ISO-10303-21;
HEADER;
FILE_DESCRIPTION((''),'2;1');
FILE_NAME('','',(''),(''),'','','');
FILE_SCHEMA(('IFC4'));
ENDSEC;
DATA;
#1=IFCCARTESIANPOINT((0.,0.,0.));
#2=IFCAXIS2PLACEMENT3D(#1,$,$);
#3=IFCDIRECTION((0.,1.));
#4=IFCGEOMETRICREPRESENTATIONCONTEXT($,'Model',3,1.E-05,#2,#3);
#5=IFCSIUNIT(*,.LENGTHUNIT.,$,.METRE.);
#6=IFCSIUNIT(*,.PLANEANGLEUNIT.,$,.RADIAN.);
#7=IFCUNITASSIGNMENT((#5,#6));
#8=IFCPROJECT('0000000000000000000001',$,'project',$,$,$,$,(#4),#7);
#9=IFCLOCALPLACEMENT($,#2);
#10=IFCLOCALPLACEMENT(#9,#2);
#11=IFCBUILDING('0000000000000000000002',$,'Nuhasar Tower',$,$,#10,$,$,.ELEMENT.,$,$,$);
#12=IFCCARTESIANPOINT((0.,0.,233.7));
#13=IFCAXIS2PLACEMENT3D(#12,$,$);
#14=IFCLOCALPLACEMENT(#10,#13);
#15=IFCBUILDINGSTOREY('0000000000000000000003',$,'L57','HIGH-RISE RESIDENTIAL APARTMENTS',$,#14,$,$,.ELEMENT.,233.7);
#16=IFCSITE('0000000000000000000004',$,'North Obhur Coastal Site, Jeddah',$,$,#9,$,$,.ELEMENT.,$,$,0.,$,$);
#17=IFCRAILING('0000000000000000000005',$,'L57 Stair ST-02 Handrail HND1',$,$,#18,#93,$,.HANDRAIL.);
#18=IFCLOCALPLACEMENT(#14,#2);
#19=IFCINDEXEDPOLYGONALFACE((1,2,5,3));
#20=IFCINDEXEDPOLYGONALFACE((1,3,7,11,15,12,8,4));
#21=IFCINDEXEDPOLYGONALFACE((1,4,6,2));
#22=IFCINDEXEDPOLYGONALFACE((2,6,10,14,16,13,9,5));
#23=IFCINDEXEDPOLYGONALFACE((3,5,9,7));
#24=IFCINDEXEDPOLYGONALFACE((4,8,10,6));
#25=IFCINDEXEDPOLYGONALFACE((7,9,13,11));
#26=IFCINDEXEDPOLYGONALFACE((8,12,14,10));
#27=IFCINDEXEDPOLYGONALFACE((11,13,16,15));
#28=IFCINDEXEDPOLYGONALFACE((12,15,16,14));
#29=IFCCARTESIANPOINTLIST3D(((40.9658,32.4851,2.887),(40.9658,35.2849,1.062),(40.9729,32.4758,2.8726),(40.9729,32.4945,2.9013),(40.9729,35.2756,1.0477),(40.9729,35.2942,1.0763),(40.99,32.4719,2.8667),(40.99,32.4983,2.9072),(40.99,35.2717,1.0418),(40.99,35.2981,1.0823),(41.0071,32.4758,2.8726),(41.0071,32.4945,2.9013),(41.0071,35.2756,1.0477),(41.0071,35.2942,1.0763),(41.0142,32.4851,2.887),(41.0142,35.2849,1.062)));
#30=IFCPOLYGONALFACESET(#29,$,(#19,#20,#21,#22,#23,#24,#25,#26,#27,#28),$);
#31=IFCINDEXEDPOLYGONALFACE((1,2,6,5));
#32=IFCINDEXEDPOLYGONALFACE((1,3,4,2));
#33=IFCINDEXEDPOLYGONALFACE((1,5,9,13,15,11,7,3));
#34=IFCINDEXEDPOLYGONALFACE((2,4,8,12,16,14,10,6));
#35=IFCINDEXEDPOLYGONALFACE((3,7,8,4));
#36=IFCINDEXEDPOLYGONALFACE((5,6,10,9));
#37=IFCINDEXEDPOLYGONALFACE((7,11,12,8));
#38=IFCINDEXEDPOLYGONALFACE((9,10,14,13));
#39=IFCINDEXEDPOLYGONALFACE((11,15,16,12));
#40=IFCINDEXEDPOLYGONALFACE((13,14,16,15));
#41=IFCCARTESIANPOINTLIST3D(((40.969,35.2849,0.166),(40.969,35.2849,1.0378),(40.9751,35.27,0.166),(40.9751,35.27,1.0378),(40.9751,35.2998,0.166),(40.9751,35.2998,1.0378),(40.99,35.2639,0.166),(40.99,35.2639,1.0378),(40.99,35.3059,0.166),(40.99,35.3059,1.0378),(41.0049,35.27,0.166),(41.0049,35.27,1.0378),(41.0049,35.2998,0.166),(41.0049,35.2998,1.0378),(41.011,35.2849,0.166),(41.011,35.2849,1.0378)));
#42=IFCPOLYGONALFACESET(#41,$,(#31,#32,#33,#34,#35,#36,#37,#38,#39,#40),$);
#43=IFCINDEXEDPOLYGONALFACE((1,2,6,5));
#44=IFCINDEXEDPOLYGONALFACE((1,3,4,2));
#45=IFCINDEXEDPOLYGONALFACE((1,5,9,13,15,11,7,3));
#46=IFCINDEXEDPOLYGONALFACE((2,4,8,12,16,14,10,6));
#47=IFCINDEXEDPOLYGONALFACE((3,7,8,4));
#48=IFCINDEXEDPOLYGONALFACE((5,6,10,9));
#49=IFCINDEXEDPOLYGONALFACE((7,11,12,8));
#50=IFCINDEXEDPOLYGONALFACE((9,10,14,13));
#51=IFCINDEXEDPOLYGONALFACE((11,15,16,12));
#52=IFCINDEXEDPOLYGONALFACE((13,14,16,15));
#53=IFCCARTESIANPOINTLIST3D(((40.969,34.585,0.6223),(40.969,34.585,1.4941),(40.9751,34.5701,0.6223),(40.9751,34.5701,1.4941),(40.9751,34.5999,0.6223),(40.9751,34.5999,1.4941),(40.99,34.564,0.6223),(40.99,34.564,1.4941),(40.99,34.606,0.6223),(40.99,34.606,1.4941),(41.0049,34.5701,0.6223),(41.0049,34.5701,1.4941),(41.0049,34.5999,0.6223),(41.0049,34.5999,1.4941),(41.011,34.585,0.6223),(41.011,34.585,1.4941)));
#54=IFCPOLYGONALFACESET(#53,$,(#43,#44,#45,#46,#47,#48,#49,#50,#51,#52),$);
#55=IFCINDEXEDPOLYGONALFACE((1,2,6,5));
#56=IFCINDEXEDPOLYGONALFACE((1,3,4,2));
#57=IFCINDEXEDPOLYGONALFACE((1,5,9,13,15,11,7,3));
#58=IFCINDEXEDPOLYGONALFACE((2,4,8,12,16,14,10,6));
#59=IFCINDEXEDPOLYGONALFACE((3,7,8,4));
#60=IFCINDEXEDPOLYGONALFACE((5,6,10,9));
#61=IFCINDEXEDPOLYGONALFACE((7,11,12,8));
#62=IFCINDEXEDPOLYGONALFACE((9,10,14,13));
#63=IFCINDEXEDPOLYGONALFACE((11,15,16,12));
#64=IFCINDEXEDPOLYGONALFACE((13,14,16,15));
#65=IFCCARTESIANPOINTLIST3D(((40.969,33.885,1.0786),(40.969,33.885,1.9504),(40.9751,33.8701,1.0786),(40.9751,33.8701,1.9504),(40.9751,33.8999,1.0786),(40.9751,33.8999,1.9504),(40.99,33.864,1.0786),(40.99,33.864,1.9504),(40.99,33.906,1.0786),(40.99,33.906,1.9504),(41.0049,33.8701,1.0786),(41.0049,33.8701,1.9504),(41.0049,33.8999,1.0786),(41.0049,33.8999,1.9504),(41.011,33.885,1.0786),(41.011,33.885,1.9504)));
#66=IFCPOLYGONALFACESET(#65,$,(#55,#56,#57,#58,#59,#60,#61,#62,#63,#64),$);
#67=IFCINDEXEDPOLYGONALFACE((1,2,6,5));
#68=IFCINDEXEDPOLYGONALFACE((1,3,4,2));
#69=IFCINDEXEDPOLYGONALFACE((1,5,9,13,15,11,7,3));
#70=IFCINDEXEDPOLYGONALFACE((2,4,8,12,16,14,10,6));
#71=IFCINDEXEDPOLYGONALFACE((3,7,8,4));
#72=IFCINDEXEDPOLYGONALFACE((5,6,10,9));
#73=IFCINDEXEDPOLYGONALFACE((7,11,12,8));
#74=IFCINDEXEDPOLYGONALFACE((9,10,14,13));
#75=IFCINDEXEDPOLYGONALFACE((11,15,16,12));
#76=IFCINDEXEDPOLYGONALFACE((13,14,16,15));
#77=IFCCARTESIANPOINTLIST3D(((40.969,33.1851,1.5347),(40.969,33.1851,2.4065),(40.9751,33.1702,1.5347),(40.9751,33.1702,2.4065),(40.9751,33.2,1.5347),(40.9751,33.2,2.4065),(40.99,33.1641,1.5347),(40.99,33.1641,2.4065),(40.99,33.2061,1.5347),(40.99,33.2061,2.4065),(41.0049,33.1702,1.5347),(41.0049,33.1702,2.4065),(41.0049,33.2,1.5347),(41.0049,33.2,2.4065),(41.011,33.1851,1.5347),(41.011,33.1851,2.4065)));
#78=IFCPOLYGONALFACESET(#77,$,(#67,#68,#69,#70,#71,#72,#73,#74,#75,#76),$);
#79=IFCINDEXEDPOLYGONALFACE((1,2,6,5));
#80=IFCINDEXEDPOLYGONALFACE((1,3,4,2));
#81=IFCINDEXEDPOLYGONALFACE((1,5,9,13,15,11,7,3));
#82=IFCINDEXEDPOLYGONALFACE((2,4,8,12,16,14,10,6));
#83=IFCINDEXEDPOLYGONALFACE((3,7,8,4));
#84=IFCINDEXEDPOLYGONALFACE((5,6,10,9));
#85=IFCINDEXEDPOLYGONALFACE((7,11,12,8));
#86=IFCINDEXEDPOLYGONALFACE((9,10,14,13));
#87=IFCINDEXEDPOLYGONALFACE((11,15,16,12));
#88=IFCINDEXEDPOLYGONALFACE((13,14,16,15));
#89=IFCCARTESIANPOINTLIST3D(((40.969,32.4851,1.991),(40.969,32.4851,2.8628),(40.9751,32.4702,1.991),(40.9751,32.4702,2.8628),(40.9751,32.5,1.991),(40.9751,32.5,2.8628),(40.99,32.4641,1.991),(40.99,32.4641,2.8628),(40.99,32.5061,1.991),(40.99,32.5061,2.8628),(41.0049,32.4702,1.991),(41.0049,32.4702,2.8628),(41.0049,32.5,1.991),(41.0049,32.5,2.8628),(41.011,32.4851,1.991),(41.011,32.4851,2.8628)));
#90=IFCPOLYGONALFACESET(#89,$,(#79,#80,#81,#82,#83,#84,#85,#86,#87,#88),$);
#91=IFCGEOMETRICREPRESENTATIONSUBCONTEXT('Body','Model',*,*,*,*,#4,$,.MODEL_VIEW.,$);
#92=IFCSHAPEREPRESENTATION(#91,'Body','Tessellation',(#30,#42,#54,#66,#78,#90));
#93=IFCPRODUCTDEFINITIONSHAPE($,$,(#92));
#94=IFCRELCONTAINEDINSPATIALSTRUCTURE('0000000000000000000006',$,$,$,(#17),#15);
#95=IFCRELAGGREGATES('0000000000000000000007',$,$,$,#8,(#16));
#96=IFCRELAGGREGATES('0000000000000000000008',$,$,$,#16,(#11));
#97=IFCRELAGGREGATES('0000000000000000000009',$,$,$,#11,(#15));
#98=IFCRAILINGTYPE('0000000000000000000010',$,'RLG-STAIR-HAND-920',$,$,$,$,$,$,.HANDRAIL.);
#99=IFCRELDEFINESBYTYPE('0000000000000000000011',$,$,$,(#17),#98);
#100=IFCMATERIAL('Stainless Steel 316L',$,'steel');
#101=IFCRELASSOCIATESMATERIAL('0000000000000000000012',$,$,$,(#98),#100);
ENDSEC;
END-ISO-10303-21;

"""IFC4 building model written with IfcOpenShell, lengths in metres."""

from ifc_helpers import new_model, si_unit, direction, frame, origin, place, context, subcontext, project, spatial, polyline, outline, extrude, material, type_object, element, save


model = new_model("IFC4")

# Units and contexts
model_context = context("Model", 3, precision=1e-05, world=origin(), true_north=direction((0.0, 1.0)))
body_context = subcontext(model_context, "Body", "Model", "MODEL_VIEW")
ifc_project = project(units=[si_unit("LENGTHUNIT", "METRE"), si_unit("PLANEANGLEUNIT", "RADIAN")], contexts=[model_context])

# Site, building, storey
site_placement = place(None, origin())
site = spatial("IfcSite", under=ifc_project, at=site_placement, Name="North Obhur Coastal Site, Jeddah", CompositionType="ELEMENT", RefElevation=0.0)
building_placement = place(site_placement, origin())
building = spatial("IfcBuilding", under=site, at=building_placement, Name="Nuhasar Tower", CompositionType="ELEMENT")
storey_placement = place(building_placement, frame((0.0, 0.0, 233.7)))
storey = spatial("IfcBuildingStorey", under=building, at=storey_placement, Name="L57", Description="HIGH-RISE RESIDENTIAL APARTMENTS", CompositionType="ELEMENT", Elevation=233.7)

# Railing
ifc_material_1 = material(Name="Stainless Steel 316L", Category="steel")
railing_type_1 = type_object("IfcRailingType", Name="RLG-STAIR-HAND-920", PredefinedType="HANDRAIL", material=ifc_material_1)
railing_1_placement = place(storey_placement, frame((40.99, 35.2849, 0.166)))
element("IfcRailing", 1, at=railing_1_placement, inside=storey, type_object=railing_type_1, Name="L57 Stair ST-02 Handrail HND1", PredefinedType="HANDRAIL", context=body_context, shape_type="SweptSolid", body=[
    extrude(outline(polyline([(0.0242, 0.0), (0.0171, 0.0171), (0.0, 0.0242), (-0.0171, 0.0171), (-0.0242, 0.0), (-0.0171, -0.0171), (0.0, -0.0242), (0.0171, -0.0171), (0.0242, 0.0)])), frame((0.0, 0.0, 0.896), z_axis=(0.0, -0.837749, 0.546056), x_axis=(1.0, 0.0, 0.0)), (0.0, 0.0, 1.0), 3.342),
    extrude(outline(polyline([(0.021, 0.0), (0.0149, 0.0149), (0.0, 0.021), (-0.0149, 0.0149), (-0.021, 0.0), (-0.0149, -0.0149), (0.0, -0.021), (0.0149, -0.0149), (0.021, 0.0)])), origin(), (0.0, 0.0, 1.0), 0.8718),
    extrude(outline(polyline([(0.021, 0.0), (0.0149, 0.0149), (0.0, 0.021), (-0.0149, 0.0149), (-0.021, 0.0), (-0.0149, -0.0149), (0.0, -0.021), (0.0149, -0.0149), (0.021, 0.0)])), frame((0.0, -0.7, 0.4563)), (0.0, 0.0, 1.0), 0.8718),
    extrude(outline(polyline([(0.021, 0.0), (0.0149, 0.0149), (0.0, 0.021), (-0.0149, 0.0149), (-0.021, 0.0), (-0.0149, -0.0149), (0.0, -0.021), (0.0149, -0.0149), (0.021, 0.0)])), frame((0.0, -1.3999, 0.9126)), (0.0, 0.0, 1.0), 0.8718),
    extrude(outline(polyline([(0.021, 0.0), (0.0149, 0.0149), (0.0, 0.021), (-0.0149, 0.0149), (-0.021, 0.0), (-0.0149, -0.0149), (0.0, -0.021), (0.0149, -0.0149), (0.021, 0.0)])), frame((0.0, -2.0999, 1.3687)), (0.0, 0.0, 1.0), 0.8718),
    extrude(outline(polyline([(0.021, 0.0), (0.0149, 0.0149), (0.0, 0.021), (-0.0149, 0.0149), (-0.021, 0.0), (-0.0149, -0.0149), (0.0, -0.021), (0.0149, -0.0149), (0.021, 0.0)])), frame((0.0, -2.7998, 1.825)), (0.0, 0.0, 1.0), 0.8718),
])

save(model, "model.ifc")
